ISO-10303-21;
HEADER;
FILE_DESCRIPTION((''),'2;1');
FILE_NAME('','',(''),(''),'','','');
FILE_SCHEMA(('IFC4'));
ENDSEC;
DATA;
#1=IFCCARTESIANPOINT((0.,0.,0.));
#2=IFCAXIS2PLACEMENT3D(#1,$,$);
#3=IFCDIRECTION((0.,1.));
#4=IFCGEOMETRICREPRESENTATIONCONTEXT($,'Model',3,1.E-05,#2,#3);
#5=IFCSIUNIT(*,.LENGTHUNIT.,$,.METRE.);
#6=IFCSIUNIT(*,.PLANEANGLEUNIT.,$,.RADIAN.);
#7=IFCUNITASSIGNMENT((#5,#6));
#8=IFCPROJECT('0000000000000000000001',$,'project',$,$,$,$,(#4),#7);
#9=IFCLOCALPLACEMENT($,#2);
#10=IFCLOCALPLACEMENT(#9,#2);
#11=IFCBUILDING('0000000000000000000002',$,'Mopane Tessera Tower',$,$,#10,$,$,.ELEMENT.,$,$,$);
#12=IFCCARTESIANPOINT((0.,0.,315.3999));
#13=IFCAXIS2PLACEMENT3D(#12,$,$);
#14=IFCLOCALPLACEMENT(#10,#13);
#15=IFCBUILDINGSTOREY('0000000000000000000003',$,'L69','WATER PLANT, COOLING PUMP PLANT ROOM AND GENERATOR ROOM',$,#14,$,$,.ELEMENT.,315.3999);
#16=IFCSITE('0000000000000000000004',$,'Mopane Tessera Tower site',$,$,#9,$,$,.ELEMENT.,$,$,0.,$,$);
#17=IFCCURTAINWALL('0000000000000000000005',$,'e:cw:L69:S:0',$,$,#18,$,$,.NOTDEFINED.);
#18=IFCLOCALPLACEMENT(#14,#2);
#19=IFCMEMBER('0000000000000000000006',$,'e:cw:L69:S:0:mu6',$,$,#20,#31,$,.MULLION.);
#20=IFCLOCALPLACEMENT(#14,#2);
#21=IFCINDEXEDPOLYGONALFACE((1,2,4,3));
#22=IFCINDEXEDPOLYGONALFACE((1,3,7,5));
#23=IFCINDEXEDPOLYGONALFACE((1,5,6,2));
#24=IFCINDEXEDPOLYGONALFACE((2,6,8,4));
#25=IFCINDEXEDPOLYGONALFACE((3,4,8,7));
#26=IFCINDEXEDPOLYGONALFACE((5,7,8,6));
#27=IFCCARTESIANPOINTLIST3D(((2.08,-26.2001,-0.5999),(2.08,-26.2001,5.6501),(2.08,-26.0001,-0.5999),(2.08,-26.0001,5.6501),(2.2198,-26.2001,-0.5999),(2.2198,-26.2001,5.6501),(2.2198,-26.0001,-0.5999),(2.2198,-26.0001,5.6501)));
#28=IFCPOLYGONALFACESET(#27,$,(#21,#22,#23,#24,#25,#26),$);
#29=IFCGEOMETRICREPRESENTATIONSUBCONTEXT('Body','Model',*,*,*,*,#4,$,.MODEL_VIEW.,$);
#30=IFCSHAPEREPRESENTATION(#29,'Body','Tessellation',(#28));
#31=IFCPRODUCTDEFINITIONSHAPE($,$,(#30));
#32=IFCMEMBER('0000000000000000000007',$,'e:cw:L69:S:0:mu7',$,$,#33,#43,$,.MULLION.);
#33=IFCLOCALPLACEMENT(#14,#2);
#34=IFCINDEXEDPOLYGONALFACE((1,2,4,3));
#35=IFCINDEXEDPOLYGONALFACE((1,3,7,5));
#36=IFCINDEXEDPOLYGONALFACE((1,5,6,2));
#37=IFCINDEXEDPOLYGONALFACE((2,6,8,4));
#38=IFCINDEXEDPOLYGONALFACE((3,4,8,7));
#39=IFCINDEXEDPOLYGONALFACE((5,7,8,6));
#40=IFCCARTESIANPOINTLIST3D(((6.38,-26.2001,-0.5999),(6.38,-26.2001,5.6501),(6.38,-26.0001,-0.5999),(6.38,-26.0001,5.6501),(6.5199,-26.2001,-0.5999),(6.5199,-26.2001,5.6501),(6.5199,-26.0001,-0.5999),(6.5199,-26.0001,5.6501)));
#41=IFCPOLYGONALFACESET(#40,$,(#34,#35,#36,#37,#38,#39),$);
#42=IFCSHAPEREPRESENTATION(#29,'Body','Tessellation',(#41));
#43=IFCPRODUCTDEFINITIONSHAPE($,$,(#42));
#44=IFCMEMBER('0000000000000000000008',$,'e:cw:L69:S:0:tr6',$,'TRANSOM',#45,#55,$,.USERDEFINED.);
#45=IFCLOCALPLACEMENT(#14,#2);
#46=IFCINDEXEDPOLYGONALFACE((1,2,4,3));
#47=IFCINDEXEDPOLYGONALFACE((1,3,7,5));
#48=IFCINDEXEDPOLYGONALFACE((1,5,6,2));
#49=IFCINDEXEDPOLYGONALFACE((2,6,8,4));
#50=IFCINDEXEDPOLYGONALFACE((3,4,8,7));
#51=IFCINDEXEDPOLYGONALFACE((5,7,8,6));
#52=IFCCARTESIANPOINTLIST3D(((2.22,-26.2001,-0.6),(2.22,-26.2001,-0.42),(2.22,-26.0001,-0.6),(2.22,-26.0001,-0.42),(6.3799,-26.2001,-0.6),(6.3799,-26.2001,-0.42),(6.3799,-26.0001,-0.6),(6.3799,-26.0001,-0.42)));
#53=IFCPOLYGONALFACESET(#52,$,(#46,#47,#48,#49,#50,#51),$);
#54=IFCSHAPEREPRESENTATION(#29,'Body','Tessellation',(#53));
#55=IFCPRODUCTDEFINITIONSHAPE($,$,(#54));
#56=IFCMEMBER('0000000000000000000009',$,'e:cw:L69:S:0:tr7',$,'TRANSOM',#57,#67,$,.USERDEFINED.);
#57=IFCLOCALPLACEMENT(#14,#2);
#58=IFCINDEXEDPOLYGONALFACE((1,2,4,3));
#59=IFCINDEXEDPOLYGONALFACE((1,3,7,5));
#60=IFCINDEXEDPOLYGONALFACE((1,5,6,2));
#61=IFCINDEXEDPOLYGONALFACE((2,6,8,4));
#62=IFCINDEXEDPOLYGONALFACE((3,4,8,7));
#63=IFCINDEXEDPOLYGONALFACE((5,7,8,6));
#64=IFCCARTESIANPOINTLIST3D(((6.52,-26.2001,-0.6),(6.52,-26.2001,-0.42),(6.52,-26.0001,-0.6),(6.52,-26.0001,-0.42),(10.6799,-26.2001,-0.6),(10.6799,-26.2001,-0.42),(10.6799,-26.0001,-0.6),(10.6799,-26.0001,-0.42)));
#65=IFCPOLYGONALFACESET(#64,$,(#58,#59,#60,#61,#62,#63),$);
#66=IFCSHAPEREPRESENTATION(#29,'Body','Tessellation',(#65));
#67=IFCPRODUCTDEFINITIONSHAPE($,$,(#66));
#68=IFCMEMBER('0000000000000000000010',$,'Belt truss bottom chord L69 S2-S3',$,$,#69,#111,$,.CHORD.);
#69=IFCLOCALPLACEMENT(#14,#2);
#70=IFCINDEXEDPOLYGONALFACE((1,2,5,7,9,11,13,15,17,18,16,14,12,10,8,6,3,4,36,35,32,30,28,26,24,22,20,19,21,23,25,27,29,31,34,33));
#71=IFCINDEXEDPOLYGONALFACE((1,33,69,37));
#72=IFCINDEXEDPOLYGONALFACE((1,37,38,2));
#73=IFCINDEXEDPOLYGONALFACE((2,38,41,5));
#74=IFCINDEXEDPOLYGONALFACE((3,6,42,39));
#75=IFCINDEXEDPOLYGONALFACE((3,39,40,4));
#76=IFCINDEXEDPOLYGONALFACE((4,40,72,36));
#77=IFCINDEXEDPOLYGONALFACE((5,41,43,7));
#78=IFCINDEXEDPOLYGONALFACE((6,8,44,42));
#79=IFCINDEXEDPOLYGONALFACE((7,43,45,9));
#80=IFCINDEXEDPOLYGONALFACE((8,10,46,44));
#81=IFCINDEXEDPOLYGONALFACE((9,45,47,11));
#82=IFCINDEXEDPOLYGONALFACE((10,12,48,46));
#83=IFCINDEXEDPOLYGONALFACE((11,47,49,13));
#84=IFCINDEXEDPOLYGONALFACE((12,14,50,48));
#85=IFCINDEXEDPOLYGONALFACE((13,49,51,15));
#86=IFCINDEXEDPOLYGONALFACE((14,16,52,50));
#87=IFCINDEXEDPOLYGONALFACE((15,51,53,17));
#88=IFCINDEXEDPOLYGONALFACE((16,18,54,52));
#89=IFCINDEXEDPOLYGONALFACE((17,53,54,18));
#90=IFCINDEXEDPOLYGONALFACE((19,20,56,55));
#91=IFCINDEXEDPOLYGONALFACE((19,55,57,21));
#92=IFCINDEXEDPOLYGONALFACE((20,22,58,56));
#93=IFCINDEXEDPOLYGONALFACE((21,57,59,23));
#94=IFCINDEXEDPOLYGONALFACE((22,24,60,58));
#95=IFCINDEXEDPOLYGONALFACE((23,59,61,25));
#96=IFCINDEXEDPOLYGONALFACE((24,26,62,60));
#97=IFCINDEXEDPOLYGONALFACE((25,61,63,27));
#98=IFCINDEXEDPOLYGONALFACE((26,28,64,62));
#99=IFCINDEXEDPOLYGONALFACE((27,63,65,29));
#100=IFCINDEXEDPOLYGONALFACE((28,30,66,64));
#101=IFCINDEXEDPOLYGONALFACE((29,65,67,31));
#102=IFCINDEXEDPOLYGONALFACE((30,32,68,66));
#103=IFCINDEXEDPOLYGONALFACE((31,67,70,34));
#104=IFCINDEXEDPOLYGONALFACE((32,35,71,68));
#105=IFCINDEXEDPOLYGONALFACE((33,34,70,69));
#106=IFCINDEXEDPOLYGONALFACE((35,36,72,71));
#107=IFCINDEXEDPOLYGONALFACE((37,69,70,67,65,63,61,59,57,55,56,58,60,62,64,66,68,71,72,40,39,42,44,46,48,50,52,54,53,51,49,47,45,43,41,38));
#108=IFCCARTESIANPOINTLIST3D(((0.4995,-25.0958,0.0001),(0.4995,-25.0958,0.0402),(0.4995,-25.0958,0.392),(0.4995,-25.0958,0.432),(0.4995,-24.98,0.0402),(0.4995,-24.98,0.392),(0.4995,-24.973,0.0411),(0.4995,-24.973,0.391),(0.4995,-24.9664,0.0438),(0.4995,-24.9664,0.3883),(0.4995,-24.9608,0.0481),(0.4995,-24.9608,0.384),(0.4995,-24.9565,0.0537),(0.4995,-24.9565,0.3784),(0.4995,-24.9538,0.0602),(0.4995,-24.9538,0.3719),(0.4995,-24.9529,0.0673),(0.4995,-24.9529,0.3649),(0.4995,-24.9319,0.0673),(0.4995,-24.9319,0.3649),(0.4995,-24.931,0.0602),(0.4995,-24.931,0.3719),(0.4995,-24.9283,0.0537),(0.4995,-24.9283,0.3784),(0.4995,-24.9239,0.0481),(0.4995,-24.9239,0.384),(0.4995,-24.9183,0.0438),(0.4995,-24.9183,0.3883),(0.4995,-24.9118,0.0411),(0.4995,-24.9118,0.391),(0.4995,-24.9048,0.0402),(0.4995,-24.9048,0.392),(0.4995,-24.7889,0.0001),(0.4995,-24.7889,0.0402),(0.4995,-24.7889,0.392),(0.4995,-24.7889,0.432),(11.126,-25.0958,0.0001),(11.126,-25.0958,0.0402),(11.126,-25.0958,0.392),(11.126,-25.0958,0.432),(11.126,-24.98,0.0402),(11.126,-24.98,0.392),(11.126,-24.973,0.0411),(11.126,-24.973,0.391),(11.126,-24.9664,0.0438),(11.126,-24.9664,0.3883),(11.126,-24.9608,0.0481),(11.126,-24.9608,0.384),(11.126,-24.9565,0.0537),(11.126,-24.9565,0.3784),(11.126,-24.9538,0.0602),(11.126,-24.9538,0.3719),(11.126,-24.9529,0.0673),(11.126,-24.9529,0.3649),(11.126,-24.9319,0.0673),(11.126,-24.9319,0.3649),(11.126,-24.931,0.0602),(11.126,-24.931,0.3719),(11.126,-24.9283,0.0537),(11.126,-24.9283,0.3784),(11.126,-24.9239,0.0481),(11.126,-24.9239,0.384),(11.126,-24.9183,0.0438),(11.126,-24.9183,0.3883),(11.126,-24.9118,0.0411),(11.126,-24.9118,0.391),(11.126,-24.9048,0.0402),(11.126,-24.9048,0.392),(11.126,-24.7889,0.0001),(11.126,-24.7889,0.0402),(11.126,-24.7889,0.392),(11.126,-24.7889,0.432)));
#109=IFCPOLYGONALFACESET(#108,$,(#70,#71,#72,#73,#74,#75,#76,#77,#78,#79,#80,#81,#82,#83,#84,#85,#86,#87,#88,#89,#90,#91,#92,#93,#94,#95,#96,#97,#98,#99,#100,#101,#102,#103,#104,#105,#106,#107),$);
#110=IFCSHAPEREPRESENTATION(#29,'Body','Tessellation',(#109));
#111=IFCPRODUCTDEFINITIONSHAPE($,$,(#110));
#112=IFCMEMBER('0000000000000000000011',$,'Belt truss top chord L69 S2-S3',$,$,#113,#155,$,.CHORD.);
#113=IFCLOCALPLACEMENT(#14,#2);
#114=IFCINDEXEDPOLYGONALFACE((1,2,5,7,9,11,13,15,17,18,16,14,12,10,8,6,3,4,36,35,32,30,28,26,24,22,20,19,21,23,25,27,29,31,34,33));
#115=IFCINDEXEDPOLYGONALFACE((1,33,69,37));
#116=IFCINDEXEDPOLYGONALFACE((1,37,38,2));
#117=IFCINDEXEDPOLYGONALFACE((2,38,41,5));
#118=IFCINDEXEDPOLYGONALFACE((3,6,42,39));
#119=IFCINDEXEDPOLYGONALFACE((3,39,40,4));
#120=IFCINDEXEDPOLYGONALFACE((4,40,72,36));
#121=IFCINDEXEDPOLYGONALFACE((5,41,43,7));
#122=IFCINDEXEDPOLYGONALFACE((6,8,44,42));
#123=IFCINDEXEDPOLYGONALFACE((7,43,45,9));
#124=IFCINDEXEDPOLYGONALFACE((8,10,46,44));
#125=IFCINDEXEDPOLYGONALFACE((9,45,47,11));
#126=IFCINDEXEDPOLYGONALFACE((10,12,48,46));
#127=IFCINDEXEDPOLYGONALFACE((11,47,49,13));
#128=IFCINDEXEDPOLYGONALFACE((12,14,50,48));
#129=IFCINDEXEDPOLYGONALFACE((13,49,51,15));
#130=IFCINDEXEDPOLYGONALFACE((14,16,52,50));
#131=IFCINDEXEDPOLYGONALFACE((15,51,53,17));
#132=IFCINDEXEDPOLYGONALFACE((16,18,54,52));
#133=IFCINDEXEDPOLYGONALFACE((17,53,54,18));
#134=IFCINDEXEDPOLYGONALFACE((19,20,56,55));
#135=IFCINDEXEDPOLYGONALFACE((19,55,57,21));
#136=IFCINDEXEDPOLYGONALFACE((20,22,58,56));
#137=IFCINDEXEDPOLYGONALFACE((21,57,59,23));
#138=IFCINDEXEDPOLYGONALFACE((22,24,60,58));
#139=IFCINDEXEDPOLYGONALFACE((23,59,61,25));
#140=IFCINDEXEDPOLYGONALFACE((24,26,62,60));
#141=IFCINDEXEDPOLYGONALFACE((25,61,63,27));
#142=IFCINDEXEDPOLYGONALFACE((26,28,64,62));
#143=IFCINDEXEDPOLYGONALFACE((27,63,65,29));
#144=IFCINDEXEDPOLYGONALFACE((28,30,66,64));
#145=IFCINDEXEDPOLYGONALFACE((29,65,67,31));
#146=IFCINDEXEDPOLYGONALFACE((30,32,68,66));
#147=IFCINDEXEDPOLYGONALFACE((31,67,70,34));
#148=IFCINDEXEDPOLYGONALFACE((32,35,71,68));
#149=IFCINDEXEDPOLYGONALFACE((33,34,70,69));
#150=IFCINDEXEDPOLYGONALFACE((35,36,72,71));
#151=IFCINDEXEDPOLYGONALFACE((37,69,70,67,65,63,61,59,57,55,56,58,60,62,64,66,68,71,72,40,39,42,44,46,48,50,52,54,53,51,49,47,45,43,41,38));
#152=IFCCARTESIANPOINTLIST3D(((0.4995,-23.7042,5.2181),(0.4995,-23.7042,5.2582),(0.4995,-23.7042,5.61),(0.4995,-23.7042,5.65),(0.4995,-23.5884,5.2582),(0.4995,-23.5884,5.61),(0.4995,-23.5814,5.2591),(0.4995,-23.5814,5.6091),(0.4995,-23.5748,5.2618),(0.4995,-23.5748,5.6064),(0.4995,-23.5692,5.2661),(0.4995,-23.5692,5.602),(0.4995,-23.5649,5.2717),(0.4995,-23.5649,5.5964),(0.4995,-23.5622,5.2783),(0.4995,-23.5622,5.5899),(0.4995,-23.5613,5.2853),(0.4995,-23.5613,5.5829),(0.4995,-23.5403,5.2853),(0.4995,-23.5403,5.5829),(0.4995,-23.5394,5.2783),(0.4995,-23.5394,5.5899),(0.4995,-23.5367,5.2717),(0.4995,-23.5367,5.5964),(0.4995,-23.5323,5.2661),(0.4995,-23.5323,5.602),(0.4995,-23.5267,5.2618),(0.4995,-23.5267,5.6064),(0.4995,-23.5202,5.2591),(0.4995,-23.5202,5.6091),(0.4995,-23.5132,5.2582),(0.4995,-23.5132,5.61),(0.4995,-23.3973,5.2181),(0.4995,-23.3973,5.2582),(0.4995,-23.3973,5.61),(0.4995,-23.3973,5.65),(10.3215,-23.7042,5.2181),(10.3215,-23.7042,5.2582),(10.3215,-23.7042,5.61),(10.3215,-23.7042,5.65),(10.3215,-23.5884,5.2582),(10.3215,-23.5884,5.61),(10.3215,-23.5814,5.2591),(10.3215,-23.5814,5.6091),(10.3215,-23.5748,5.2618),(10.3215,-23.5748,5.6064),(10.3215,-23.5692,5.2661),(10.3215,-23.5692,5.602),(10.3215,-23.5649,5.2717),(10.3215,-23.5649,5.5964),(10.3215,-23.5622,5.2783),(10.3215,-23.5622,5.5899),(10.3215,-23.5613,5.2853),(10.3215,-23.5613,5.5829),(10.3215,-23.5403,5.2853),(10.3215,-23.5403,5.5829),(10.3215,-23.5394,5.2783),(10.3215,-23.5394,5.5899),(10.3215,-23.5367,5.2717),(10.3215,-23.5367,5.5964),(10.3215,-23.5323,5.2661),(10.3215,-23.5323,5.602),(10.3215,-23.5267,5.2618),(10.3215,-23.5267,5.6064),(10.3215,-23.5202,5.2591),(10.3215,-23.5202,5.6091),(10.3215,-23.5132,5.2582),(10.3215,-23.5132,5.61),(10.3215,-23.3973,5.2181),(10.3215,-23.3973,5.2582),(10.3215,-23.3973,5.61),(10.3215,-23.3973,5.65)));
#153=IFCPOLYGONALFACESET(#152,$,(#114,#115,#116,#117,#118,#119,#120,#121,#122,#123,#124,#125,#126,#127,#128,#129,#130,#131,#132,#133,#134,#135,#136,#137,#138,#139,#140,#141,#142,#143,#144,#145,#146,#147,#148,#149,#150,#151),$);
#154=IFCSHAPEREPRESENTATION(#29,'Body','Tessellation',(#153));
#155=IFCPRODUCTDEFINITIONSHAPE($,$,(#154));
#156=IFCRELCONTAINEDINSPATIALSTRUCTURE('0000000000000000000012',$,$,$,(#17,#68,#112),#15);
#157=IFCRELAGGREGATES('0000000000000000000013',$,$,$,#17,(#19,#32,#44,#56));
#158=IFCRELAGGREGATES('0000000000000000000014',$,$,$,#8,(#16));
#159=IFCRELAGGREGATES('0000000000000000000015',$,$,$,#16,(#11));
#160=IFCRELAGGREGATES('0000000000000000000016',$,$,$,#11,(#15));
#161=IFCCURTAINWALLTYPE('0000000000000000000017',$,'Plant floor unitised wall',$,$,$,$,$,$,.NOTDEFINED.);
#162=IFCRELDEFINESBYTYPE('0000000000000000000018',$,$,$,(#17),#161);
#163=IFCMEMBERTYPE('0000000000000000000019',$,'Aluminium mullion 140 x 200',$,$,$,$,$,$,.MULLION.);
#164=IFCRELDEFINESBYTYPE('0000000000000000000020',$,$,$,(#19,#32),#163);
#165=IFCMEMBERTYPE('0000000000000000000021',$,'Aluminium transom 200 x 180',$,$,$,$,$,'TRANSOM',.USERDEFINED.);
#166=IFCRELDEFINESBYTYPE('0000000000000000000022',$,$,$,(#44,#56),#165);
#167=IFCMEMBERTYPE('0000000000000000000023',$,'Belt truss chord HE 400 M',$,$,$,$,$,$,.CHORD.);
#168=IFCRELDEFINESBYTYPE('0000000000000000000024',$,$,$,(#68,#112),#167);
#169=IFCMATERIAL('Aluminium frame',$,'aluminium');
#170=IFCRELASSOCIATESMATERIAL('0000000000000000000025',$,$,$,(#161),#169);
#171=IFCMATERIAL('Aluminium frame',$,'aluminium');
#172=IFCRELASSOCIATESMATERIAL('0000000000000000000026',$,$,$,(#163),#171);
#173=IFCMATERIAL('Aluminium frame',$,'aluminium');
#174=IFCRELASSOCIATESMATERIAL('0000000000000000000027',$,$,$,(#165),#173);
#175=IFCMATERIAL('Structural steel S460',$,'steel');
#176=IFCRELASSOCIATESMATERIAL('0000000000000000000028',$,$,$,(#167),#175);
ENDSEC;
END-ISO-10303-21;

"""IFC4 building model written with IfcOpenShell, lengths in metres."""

from ifc_helpers import new_model, si_unit, direction, frame, origin, origin_2d, place, context, subcontext, project, spatial, rectangle, i_section, extrude, material, material_profile, profile_set, type_object, element, aggregate, save


model = new_model("IFC4")

# Units and contexts
model_context = context("Model", 3, precision=1e-05, world=origin(), true_north=direction((0.0, 1.0)))
body_context = subcontext(model_context, "Body", "Model", "MODEL_VIEW")
ifc_project = project(units=[si_unit("LENGTHUNIT", "METRE"), si_unit("PLANEANGLEUNIT", "RADIAN")], contexts=[model_context])

# Site, building, storey
site_placement = place(None, origin())
site = spatial("IfcSite", under=ifc_project, at=site_placement, Name="Mopane Tessera Tower site", CompositionType="ELEMENT", RefElevation=0.0)
building_placement = place(site_placement, origin())
building = spatial("IfcBuilding", under=site, at=building_placement, Name="Mopane Tessera Tower", CompositionType="ELEMENT")
storey_placement = place(building_placement, frame((0.0, 0.0, 315.3999)))
storey = spatial("IfcBuildingStorey", under=building, at=storey_placement, Name="L69", Description="WATER PLANT, COOLING PUMP PLANT ROOM AND GENERATOR ROOM", CompositionType="ELEMENT", Elevation=315.3999)

# Curtain wall, members
ifc_material_1 = material(Name="Aluminium frame", Category="aluminium")
curtain_wall_type = type_object("IfcCurtainWallType", Name="Plant floor unitised wall", PredefinedType="NOTDEFINED", material=ifc_material_1)
curtain_wall_placement = place(storey_placement, origin())
curtain_wall = element("IfcCurtainWall", 1, at=curtain_wall_placement, inside=storey, type_object=curtain_wall_type, Name="e:cw:L69:S:0", PredefinedType="NOTDEFINED")
ifc_material_2 = material(Name="Aluminium frame", Category="aluminium")
ifc_material_profile_1 = material_profile(ifc_material_2, rectangle(XDim=0.1399, YDim=0.2, at=origin_2d()))
ifc_profile_set_1 = profile_set([ifc_material_profile_1], Name="Aluminium frame")
member_type_1 = type_object("IfcMemberType", Name="Aluminium mullion 140 x 200", PredefinedType="MULLION", material=ifc_profile_set_1)
member_1_placement = place(storey_placement, frame((2.1499, -26.1001, -0.5999), z_axis=(0.0, 0.0, 1.0), x_axis=(1.0, 0.0, 0.0)))
member_1 = element("IfcMember", 2, at=member_1_placement, type_object=member_type_1, Name="e:cw:L69:S:0:mu6", PredefinedType="MULLION", context=body_context, shape_type="SweptSolid", body=[
    extrude(rectangle(XDim=0.1399, YDim=0.2, at=origin_2d()), origin(), (0.0, 0.0, 1.0), 6.25),
])
member_2_placement = place(storey_placement, frame((6.45, -26.1001, -0.5999), z_axis=(0.0, 0.0, 1.0), x_axis=(1.0, 0.0, 0.0)))
member_2 = element("IfcMember", 3, at=member_2_placement, type_object=member_type_1, Name="e:cw:L69:S:0:mu7", PredefinedType="MULLION", context=body_context, shape_type="SweptSolid", body=[
    extrude(rectangle(XDim=0.1399, YDim=0.2, at=origin_2d()), origin(), (0.0, 0.0, 1.0), 6.25),
])
ifc_material_3 = material(Name="Aluminium frame", Category="aluminium")
ifc_material_profile_2 = material_profile(ifc_material_3, rectangle(XDim=0.2, YDim=0.1799, at=origin_2d()))
ifc_profile_set_2 = profile_set([ifc_material_profile_2], Name="Aluminium frame")
member_type_2 = type_object("IfcMemberType", Name="Aluminium transom 200 x 180", ElementType="TRANSOM", PredefinedType="USERDEFINED", material=ifc_profile_set_2)
member_3_placement = place(storey_placement, frame((2.22, -26.1001, -0.51), z_axis=(1.0, 0.0, 0.0), x_axis=(0.0, 1.0, 0.0)))
member_3 = element("IfcMember", 4, at=member_3_placement, type_object=member_type_2, Name="e:cw:L69:S:0:tr6", ObjectType="TRANSOM", PredefinedType="USERDEFINED", context=body_context, shape_type="SweptSolid", body=[
    extrude(rectangle(XDim=0.2, YDim=0.1799, at=origin_2d()), origin(), (0.0, 0.0, 1.0), 4.1599),
])
member_4_placement = place(storey_placement, frame((6.52, -26.1001, -0.51), z_axis=(1.0, 0.0, 0.0), x_axis=(0.0, 1.0, 0.0)))
member_4 = element("IfcMember", 5, at=member_4_placement, type_object=member_type_2, Name="e:cw:L69:S:0:tr7", ObjectType="TRANSOM", PredefinedType="USERDEFINED", context=body_context, shape_type="SweptSolid", body=[
    extrude(rectangle(XDim=0.2, YDim=0.1799, at=origin_2d()), origin(), (0.0, 0.0, 1.0), 4.1599),
])

# Members
ifc_material_4 = material(Name="Structural steel S460", Category="steel")
ifc_material_profile_3 = material_profile(ifc_material_4, i_section(OverallWidth=0.3069, OverallDepth=0.4319, WebThickness=0.021, FlangeThickness=0.04, FilletRadius=0.0271, at=origin_2d()))
ifc_profile_set_3 = profile_set([ifc_material_profile_3], Name="Structural steel S460")
member_type_3 = type_object("IfcMemberType", Name="Belt truss chord HE 400 M", PredefinedType="CHORD", material=ifc_profile_set_3)
member_5_placement = place(storey_placement, frame((0.4995, -24.9424, 0.2161), z_axis=(1.0, 0.0, 0.0), x_axis=(0.0, 1.0, 0.0)))
element("IfcMember", 6, at=member_5_placement, inside=storey, type_object=member_type_3, Name="Belt truss bottom chord L69 S2-S3", PredefinedType="CHORD", context=body_context, shape_type="SweptSolid", body=[
    extrude(i_section(OverallWidth=0.3069, OverallDepth=0.4319, WebThickness=0.021, FlangeThickness=0.04, FilletRadius=0.0271, at=origin_2d()), origin(), (0.0, 0.0, 1.0), 10.6265),
])
member_6_placement = place(storey_placement, frame((0.4995, -23.5508, 5.4341), z_axis=(1.0, 0.0, 0.0), x_axis=(0.0, 1.0, 0.0)))
element("IfcMember", 7, at=member_6_placement, inside=storey, type_object=member_type_3, Name="Belt truss top chord L69 S2-S3", PredefinedType="CHORD", context=body_context, shape_type="SweptSolid", body=[
    extrude(i_section(OverallWidth=0.3069, OverallDepth=0.4319, WebThickness=0.021, FlangeThickness=0.04, FilletRadius=0.0271, at=origin_2d()), origin(), (0.0, 0.0, 1.0), 9.822),
])

aggregate(curtain_wall, [member_1, member_2, member_3, member_4])

save(model, "model.ifc")
